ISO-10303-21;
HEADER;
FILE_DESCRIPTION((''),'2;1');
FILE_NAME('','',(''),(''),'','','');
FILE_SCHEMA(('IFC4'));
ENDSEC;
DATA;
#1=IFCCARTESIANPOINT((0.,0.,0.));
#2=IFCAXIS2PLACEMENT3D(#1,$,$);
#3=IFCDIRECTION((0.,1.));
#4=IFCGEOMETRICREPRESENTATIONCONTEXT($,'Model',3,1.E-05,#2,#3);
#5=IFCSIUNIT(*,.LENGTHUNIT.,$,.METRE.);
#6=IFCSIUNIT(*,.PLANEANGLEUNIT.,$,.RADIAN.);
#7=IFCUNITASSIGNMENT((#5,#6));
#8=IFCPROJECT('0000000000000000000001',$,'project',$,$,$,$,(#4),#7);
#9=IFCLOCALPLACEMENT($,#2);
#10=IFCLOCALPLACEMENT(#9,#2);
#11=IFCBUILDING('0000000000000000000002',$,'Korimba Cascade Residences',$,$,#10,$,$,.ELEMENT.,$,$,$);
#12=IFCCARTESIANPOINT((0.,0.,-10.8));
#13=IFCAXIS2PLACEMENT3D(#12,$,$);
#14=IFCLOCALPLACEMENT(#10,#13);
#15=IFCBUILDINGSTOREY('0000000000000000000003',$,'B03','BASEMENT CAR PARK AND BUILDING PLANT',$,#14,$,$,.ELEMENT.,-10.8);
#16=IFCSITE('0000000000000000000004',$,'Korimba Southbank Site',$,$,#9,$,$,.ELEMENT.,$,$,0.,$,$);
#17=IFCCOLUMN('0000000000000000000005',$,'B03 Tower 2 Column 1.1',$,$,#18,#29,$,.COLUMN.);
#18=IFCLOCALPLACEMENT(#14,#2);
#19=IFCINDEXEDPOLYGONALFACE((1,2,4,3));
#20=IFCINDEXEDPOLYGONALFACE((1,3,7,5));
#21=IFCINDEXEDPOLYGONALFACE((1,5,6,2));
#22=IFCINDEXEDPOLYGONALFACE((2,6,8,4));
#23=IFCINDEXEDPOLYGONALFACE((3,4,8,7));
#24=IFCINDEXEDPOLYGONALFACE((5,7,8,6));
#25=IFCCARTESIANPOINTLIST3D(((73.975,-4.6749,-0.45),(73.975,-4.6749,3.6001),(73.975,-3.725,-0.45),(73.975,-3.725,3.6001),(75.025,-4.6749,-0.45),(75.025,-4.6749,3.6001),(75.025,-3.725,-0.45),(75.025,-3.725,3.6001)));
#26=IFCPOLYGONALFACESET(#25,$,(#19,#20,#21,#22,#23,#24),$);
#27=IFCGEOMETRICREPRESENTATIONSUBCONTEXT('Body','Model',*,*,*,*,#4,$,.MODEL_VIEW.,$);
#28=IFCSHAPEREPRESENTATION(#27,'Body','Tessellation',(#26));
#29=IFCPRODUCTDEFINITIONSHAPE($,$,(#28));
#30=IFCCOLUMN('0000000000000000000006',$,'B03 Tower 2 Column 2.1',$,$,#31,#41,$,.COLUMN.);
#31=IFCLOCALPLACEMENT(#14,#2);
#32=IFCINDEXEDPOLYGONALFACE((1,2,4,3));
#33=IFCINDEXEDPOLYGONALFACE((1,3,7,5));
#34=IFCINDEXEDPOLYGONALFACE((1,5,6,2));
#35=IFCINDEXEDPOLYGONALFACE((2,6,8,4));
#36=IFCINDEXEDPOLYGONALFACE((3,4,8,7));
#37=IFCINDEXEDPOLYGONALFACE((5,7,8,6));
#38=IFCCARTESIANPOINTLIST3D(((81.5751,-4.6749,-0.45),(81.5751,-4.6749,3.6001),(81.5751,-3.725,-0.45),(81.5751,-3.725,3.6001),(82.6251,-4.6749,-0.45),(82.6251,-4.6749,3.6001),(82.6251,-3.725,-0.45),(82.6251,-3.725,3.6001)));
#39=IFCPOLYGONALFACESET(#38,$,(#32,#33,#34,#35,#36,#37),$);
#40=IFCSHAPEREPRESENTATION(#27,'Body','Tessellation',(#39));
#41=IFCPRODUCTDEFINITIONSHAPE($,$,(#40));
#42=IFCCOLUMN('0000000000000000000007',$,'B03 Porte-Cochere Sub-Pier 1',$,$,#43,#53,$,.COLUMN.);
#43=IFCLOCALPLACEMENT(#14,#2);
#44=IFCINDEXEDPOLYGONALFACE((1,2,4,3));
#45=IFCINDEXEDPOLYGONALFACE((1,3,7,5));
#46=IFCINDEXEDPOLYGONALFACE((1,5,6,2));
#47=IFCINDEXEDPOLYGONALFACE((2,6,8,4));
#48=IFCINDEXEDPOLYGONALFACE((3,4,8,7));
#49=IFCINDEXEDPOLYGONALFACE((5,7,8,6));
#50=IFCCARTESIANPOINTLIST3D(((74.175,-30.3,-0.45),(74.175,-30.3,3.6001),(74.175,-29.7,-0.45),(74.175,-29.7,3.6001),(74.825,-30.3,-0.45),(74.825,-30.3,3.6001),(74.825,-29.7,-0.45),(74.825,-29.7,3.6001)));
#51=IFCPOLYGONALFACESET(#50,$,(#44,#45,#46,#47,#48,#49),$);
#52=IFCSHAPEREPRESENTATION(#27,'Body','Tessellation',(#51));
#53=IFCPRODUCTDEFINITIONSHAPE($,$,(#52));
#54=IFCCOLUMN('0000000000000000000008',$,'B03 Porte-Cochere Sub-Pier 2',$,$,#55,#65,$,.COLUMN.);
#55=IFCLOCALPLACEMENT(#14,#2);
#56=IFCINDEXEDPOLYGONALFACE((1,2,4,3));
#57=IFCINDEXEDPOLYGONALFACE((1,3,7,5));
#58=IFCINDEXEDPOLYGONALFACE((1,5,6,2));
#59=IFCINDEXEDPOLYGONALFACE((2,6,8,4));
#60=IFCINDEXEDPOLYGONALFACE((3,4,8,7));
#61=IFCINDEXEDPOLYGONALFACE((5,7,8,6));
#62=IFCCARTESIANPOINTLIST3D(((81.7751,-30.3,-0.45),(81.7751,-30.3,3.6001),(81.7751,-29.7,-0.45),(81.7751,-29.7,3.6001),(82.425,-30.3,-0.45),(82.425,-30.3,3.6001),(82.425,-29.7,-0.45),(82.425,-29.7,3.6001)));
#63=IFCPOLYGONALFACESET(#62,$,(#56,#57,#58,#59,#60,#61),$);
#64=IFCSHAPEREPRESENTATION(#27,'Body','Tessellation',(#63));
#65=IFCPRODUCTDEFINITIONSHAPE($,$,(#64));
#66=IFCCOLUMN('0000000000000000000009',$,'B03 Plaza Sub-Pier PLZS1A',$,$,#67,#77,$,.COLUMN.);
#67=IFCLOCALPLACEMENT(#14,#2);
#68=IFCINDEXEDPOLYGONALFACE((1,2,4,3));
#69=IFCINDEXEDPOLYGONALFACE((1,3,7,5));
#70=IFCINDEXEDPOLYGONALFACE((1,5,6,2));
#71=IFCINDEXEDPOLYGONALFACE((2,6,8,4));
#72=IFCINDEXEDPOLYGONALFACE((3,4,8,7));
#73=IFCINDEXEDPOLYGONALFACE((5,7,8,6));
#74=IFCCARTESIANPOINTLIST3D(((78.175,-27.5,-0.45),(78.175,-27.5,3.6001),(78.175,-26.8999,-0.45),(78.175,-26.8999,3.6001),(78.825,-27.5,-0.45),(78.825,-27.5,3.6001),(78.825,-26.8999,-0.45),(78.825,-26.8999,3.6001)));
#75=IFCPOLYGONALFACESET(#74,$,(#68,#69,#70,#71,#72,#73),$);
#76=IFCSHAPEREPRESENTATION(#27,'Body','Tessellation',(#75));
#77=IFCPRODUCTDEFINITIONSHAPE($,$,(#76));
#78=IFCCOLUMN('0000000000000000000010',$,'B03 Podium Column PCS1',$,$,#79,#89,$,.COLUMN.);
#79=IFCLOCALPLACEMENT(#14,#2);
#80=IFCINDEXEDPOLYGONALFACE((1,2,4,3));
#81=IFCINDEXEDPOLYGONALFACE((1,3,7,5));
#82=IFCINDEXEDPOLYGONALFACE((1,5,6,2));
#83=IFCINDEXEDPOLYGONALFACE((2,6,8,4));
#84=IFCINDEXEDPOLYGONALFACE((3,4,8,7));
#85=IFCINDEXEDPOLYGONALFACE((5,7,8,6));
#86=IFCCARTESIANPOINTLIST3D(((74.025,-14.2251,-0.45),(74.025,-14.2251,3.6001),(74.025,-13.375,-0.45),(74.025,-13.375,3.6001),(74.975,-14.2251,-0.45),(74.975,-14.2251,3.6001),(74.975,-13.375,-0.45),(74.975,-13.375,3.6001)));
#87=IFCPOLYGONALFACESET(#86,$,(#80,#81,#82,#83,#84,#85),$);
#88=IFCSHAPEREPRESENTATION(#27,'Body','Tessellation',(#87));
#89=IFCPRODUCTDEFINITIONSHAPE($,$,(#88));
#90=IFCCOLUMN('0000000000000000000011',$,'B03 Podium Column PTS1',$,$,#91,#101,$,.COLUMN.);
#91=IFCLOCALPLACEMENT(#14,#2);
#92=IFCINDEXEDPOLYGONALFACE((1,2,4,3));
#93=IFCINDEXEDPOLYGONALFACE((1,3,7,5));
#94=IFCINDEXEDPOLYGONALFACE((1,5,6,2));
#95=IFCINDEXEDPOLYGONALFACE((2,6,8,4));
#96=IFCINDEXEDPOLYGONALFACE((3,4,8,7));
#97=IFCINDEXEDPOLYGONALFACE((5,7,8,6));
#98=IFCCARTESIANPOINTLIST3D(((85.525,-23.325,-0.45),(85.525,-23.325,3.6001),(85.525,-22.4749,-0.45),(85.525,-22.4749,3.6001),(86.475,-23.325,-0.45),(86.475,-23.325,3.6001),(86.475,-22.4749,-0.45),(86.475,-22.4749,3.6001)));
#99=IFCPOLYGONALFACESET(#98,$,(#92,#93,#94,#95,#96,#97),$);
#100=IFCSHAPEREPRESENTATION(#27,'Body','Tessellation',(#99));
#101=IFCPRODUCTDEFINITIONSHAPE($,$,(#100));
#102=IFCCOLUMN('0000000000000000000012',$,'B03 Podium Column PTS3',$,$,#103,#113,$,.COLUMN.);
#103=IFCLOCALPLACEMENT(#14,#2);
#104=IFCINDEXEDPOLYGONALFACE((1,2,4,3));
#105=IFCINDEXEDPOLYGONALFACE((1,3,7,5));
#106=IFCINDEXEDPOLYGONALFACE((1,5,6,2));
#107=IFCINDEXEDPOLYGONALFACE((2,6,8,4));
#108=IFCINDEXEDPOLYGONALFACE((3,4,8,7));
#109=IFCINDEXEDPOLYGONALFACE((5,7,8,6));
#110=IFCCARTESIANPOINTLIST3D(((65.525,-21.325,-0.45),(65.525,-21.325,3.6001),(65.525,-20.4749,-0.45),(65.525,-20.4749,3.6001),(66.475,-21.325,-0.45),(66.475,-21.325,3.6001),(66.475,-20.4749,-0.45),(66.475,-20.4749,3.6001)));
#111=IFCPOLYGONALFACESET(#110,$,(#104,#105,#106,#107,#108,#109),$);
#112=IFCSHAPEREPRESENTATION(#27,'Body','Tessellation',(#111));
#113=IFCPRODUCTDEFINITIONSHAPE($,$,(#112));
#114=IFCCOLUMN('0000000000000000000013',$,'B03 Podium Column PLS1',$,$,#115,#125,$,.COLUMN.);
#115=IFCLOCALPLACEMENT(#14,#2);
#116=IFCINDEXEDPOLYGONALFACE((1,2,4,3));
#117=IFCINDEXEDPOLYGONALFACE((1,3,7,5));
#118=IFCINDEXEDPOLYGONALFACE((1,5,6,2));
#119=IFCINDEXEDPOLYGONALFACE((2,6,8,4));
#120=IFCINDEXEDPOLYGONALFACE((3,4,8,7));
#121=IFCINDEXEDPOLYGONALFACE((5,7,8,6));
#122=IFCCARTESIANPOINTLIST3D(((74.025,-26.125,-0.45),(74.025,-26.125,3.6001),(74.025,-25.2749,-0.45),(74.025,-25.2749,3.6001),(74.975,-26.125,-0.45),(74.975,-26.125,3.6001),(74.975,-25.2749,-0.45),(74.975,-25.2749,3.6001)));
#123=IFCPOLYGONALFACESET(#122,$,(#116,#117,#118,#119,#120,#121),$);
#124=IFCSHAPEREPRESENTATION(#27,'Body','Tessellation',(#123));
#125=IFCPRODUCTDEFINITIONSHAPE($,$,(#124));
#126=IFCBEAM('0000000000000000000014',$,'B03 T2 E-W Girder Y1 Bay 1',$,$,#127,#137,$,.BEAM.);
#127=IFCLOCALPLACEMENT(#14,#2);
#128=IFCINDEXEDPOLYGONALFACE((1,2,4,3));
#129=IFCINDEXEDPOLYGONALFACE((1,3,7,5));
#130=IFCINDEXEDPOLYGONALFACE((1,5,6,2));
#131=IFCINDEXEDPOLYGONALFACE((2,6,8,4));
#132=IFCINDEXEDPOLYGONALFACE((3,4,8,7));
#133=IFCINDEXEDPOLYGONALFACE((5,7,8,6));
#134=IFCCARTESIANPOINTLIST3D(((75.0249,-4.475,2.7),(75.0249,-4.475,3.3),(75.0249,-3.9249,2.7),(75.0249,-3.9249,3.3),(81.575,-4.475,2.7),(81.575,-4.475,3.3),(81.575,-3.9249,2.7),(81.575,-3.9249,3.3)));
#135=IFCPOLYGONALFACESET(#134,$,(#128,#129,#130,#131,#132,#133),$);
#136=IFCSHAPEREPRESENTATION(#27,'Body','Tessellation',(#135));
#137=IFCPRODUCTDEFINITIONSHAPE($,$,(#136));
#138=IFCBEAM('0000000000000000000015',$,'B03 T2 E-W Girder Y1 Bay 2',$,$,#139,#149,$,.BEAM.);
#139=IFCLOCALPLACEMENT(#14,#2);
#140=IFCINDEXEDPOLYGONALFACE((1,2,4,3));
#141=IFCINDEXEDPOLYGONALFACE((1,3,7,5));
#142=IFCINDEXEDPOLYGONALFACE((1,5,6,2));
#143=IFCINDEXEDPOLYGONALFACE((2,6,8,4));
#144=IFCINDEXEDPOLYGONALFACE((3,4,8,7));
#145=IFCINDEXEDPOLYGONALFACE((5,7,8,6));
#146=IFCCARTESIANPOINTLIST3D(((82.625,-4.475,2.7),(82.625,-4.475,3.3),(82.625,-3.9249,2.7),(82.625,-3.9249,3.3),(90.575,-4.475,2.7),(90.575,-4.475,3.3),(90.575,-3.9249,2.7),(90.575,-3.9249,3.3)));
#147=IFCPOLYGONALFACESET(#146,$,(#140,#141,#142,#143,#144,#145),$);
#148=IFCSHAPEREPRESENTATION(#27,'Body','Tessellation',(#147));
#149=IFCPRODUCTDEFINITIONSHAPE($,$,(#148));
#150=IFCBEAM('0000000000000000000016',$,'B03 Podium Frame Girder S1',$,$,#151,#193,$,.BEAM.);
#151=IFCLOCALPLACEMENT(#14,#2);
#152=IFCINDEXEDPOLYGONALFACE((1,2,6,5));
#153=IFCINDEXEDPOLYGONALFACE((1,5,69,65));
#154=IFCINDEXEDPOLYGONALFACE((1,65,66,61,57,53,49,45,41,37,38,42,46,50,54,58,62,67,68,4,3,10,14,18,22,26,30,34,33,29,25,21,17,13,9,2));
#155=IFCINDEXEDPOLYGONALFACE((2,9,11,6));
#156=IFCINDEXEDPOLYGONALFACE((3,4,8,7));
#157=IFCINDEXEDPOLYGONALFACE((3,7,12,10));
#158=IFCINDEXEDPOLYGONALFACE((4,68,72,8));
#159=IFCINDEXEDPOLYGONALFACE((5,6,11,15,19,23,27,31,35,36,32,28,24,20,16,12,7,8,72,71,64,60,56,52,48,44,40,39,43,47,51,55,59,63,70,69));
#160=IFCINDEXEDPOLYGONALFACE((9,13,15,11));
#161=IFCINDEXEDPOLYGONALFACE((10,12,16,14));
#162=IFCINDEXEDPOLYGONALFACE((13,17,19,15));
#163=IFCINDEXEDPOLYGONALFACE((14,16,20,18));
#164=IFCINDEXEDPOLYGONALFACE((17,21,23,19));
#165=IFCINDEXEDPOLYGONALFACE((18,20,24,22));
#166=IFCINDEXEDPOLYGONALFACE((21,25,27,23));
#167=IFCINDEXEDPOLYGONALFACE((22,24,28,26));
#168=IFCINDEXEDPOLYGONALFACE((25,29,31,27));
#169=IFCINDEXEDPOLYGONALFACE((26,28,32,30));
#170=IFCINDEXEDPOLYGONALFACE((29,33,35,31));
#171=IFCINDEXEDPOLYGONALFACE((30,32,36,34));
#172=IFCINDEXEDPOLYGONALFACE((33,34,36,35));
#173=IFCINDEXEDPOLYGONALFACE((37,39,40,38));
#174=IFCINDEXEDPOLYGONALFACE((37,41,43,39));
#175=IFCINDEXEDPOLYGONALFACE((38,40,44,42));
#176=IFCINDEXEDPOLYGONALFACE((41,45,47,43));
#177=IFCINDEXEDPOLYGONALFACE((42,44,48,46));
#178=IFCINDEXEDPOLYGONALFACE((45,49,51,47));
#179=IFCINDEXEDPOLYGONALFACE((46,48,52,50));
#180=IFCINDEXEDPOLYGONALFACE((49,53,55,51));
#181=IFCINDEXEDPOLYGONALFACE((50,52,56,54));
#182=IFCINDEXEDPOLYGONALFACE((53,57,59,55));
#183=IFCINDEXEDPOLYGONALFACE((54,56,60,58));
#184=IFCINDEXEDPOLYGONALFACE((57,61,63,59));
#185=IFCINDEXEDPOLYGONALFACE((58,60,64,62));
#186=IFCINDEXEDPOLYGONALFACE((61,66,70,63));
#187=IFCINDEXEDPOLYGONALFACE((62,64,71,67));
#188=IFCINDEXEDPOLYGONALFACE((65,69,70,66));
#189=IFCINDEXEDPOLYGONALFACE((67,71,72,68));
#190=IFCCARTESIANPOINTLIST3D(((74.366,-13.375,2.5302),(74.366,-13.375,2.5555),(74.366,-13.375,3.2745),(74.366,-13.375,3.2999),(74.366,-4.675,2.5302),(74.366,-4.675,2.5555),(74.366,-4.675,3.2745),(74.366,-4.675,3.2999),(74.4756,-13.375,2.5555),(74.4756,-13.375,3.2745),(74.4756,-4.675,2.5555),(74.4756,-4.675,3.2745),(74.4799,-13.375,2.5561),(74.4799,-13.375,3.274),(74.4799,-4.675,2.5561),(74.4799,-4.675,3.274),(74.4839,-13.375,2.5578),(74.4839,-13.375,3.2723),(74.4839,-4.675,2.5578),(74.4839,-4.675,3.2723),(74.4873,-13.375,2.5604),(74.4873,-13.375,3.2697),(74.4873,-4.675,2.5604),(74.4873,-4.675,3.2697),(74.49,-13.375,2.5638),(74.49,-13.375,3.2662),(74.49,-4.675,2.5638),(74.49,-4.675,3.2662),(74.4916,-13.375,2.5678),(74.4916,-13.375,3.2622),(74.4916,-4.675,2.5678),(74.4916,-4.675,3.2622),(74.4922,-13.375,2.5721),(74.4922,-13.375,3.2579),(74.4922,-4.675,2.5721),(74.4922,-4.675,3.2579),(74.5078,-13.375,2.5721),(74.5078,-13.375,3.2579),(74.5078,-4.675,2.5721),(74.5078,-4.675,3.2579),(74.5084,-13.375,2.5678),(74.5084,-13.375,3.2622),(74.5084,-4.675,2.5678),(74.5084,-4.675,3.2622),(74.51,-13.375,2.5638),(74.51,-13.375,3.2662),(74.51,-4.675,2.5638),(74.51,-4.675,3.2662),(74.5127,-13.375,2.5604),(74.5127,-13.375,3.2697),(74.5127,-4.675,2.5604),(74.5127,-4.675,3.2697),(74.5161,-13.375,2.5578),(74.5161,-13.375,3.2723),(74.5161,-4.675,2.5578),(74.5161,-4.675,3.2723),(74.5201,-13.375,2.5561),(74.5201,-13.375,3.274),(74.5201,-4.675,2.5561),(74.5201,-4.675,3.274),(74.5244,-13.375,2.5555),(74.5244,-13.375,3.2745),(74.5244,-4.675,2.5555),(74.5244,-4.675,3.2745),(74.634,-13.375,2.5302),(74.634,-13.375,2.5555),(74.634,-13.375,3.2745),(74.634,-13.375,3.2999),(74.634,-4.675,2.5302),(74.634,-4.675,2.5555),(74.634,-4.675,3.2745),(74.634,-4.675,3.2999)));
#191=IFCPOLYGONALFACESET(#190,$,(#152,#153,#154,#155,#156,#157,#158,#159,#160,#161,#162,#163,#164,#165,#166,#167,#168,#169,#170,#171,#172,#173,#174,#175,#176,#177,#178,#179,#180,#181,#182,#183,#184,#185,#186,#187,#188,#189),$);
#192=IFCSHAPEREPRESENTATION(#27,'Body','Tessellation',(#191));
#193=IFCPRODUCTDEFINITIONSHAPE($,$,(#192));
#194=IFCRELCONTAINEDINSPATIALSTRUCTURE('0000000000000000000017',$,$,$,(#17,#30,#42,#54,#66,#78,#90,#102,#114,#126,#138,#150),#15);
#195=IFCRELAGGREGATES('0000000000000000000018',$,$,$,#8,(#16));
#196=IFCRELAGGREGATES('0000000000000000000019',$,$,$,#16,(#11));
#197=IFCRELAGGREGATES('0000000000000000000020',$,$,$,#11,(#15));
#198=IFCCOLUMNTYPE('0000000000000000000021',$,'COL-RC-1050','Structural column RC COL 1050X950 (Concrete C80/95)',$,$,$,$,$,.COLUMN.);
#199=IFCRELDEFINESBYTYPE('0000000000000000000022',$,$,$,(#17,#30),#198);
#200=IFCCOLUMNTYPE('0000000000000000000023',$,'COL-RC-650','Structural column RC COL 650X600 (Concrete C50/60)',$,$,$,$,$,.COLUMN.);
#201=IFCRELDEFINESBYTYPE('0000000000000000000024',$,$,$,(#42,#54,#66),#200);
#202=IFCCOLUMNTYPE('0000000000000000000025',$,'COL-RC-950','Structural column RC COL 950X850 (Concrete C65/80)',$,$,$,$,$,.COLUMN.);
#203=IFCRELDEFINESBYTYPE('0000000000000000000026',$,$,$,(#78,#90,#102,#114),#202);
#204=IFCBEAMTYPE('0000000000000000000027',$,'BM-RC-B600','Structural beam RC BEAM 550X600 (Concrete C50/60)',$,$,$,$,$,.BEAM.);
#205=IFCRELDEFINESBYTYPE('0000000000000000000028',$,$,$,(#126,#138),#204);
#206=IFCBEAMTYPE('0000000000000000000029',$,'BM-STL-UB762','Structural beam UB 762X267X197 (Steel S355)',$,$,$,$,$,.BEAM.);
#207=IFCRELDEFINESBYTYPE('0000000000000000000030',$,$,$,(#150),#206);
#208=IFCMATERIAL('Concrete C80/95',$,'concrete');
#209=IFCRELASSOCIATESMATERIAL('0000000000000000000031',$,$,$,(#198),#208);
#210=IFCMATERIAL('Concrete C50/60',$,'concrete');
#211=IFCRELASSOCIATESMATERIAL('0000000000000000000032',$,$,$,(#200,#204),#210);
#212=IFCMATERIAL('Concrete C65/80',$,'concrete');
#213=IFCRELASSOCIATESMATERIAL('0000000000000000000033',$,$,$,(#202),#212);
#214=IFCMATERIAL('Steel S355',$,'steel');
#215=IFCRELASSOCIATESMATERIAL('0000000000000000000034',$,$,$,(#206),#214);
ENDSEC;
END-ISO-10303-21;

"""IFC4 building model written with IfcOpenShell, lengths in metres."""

from ifc_helpers import new_model, si_unit, direction, frame, origin, origin_2d, place, context, subcontext, project, spatial, rectangle, i_section, extrude, material, material_profile, profile_set, type_object, element, save


model = new_model("IFC4")

# Units and contexts
model_context = context("Model", 3, precision=1e-05, world=origin(), true_north=direction((0.0, 1.0)))
body_context = subcontext(model_context, "Body", "Model", "MODEL_VIEW")
ifc_project = project(units=[si_unit("LENGTHUNIT", "METRE"), si_unit("PLANEANGLEUNIT", "RADIAN")], contexts=[model_context])

# Site, building, storey
site_placement = place(None, origin())
site = spatial("IfcSite", under=ifc_project, at=site_placement, Name="Korimba Southbank Site", CompositionType="ELEMENT", RefElevation=0.0)
building_placement = place(site_placement, origin())
building = spatial("IfcBuilding", under=site, at=building_placement, Name="Korimba Cascade Residences", CompositionType="ELEMENT")
storey_placement = place(building_placement, frame((0.0, 0.0, -10.8)))
storey = spatial("IfcBuildingStorey", under=building, at=storey_placement, Name="B03", Description="BASEMENT CAR PARK AND BUILDING PLANT", CompositionType="ELEMENT", Elevation=-10.8)

# Shared definitions
ifc_material_1 = material(Name="Concrete C50/60", Category="concrete")

# Columns
ifc_material_2 = material(Name="Concrete C80/95", Category="concrete")
ifc_material_profile_1 = material_profile(ifc_material_2, rectangle(XDim=1.05, YDim=0.95, at=origin_2d()), Name="Concrete C80/95")
ifc_profile_set_1 = profile_set([ifc_material_profile_1], Name="Concrete C80/95")
column_type_1 = type_object("IfcColumnType", Name="COL-RC-1050", Description="Structural column RC COL 1050X950 (Concrete C80/95)", PredefinedType="COLUMN", material=ifc_profile_set_1)
for number, where, z_axis, x_axis, name in (
    (1, (74.5, -4.2, -0.45), (0.0, 0.0, 1.0), (1.0, 0.0, 0.0), "B03 Tower 2 Column 1.1"),
    (2, (82.1001, -4.2, -0.45), (0.0, 0.0, 1.0), (1.0, 0.0, 0.0), "B03 Tower 2 Column 2.1"),
):
    element("IfcColumn", number, at=place(storey_placement, frame(where, z_axis=z_axis, x_axis=x_axis)), inside=storey, type_object=column_type_1, Name=name, PredefinedType="COLUMN", context=body_context, shape_type="SweptSolid", body=[
        extrude(rectangle(XDim=1.05, YDim=0.95, at=origin_2d()), origin(), (0.0, 0.0, 1.0), 4.05),
    ])
ifc_material_profile_2 = material_profile(ifc_material_1, rectangle(XDim=0.6499, YDim=0.6001, at=origin_2d()), Name="Concrete C50/60")
ifc_profile_set_2 = profile_set([ifc_material_profile_2], Name="Concrete C50/60")
column_type_2 = type_object("IfcColumnType", Name="COL-RC-650", Description="Structural column RC COL 650X600 (Concrete C50/60)", PredefinedType="COLUMN", material=ifc_profile_set_2)
for number, where, z_axis, x_axis, name in (
    (3, (74.5, -30.0, -0.45), (0.0, 0.0, 1.0), (1.0, 0.0, 0.0), "B03 Porte-Cochere Sub-Pier 1"),
    (4, (82.1001, -30.0, -0.45), (0.0, 0.0, 1.0), (1.0, 0.0, 0.0), "B03 Porte-Cochere Sub-Pier 2"),
    (5, (78.5, -27.2, -0.45), (0.0, 0.0, 1.0), (1.0, 0.0, 0.0), "B03 Plaza Sub-Pier PLZS1A"),
):
    element("IfcColumn", number, at=place(storey_placement, frame(where, z_axis=z_axis, x_axis=x_axis)), inside=storey, type_object=column_type_2, Name=name, PredefinedType="COLUMN", context=body_context, shape_type="SweptSolid", body=[
        extrude(rectangle(XDim=0.6499, YDim=0.6001, at=origin_2d()), origin(), (0.0, 0.0, 1.0), 4.05),
    ])
ifc_material_3 = material(Name="Concrete C65/80", Category="concrete")
ifc_material_profile_3 = material_profile(ifc_material_3, rectangle(XDim=0.95, YDim=0.8501, at=origin_2d()), Name="Concrete C65/80")
ifc_profile_set_3 = profile_set([ifc_material_profile_3], Name="Concrete C65/80")
column_type_3 = type_object("IfcColumnType", Name="COL-RC-950", Description="Structural column RC COL 950X850 (Concrete C65/80)", PredefinedType="COLUMN", material=ifc_profile_set_3)
for number, where, z_axis, x_axis, name in (
    (6, (74.5, -13.8, -0.45), (0.0, 0.0, 1.0), (1.0, 0.0, 0.0), "B03 Podium Column PCS1"),
    (7, (86.0, -22.8999, -0.45), (0.0, 0.0, 1.0), (1.0, 0.0, 0.0), "B03 Podium Column PTS1"),
    (8, (66.0, -20.8999, -0.45), (0.0, 0.0, 1.0), (1.0, 0.0, 0.0), "B03 Podium Column PTS3"),
    (9, (74.5, -25.7, -0.45), (0.0, 0.0, 1.0), (1.0, 0.0, 0.0), "B03 Podium Column PLS1"),
):
    element("IfcColumn", number, at=place(storey_placement, frame(where, z_axis=z_axis, x_axis=x_axis)), inside=storey, type_object=column_type_3, Name=name, PredefinedType="COLUMN", context=body_context, shape_type="SweptSolid", body=[
        extrude(rectangle(XDim=0.95, YDim=0.8501, at=origin_2d()), origin(), (0.0, 0.0, 1.0), 4.05),
    ])

# Beams
ifc_material_profile_4 = material_profile(ifc_material_1, rectangle(XDim=0.55, YDim=0.6001, at=origin_2d()), Name="Concrete C50/60")
ifc_profile_set_4 = profile_set([ifc_material_profile_4], Name="Concrete C50/60")
beam_type_1 = type_object("IfcBeamType", Name="BM-RC-B600", Description="Structural beam RC BEAM 550X600 (Concrete C50/60)", PredefinedType="BEAM", material=ifc_profile_set_4)
beam_1_placement = place(storey_placement, frame((75.0249, -4.2, 3.0), z_axis=(1.0, 0.0, 0.0), x_axis=(0.0, 1.0, 0.0)))
element("IfcBeam", 10, at=beam_1_placement, inside=storey, type_object=beam_type_1, Name="B03 T2 E-W Girder Y1 Bay 1", PredefinedType="BEAM", context=body_context, shape_type="SweptSolid", body=[
    extrude(rectangle(XDim=0.55, YDim=0.6001, at=origin_2d()), origin(), (0.0, 0.0, 1.0), 6.55),
])
beam_2_placement = place(storey_placement, frame((82.625, -4.2, 3.0), z_axis=(1.0, 0.0, 0.0), x_axis=(0.0, 1.0, 0.0)))
element("IfcBeam", 11, at=beam_2_placement, inside=storey, type_object=beam_type_1, Name="B03 T2 E-W Girder Y1 Bay 2", PredefinedType="BEAM", context=body_context, shape_type="SweptSolid", body=[
    extrude(rectangle(XDim=0.55, YDim=0.6001, at=origin_2d()), origin(), (0.0, 0.0, 1.0), 7.95),
])
ifc_material_4 = material(Name="Steel S355", Category="steel")
ifc_material_profile_5 = material_profile(ifc_material_4, i_section(OverallWidth=0.2681, OverallDepth=0.7698, WebThickness=0.0156, FlangeThickness=0.0254, FilletRadius=0.0166, at=origin_2d()), Name="Steel S355")
ifc_profile_set_5 = profile_set([ifc_material_profile_5], Name="Steel S355")
beam_type_2 = type_object("IfcBeamType", Name="BM-STL-UB762", Description="Structural beam UB 762X267X197 (Steel S355)", PredefinedType="BEAM", material=ifc_profile_set_5)
beam_3_placement = place(storey_placement, frame((74.5, -13.375, 2.915), z_axis=(0.0, 1.0, 0.0), x_axis=(-1.0, 0.0, 0.0)))
element("IfcBeam", 12, at=beam_3_placement, inside=storey, type_object=beam_type_2, Name="B03 Podium Frame Girder S1", PredefinedType="BEAM", context=body_context, shape_type="SweptSolid", body=[
    extrude(i_section(OverallWidth=0.2681, OverallDepth=0.7698, WebThickness=0.0156, FlangeThickness=0.0254, FilletRadius=0.0166, at=origin_2d()), origin(), (0.0, 0.0, 1.0), 8.7),
])

save(model, "model.ifc")
